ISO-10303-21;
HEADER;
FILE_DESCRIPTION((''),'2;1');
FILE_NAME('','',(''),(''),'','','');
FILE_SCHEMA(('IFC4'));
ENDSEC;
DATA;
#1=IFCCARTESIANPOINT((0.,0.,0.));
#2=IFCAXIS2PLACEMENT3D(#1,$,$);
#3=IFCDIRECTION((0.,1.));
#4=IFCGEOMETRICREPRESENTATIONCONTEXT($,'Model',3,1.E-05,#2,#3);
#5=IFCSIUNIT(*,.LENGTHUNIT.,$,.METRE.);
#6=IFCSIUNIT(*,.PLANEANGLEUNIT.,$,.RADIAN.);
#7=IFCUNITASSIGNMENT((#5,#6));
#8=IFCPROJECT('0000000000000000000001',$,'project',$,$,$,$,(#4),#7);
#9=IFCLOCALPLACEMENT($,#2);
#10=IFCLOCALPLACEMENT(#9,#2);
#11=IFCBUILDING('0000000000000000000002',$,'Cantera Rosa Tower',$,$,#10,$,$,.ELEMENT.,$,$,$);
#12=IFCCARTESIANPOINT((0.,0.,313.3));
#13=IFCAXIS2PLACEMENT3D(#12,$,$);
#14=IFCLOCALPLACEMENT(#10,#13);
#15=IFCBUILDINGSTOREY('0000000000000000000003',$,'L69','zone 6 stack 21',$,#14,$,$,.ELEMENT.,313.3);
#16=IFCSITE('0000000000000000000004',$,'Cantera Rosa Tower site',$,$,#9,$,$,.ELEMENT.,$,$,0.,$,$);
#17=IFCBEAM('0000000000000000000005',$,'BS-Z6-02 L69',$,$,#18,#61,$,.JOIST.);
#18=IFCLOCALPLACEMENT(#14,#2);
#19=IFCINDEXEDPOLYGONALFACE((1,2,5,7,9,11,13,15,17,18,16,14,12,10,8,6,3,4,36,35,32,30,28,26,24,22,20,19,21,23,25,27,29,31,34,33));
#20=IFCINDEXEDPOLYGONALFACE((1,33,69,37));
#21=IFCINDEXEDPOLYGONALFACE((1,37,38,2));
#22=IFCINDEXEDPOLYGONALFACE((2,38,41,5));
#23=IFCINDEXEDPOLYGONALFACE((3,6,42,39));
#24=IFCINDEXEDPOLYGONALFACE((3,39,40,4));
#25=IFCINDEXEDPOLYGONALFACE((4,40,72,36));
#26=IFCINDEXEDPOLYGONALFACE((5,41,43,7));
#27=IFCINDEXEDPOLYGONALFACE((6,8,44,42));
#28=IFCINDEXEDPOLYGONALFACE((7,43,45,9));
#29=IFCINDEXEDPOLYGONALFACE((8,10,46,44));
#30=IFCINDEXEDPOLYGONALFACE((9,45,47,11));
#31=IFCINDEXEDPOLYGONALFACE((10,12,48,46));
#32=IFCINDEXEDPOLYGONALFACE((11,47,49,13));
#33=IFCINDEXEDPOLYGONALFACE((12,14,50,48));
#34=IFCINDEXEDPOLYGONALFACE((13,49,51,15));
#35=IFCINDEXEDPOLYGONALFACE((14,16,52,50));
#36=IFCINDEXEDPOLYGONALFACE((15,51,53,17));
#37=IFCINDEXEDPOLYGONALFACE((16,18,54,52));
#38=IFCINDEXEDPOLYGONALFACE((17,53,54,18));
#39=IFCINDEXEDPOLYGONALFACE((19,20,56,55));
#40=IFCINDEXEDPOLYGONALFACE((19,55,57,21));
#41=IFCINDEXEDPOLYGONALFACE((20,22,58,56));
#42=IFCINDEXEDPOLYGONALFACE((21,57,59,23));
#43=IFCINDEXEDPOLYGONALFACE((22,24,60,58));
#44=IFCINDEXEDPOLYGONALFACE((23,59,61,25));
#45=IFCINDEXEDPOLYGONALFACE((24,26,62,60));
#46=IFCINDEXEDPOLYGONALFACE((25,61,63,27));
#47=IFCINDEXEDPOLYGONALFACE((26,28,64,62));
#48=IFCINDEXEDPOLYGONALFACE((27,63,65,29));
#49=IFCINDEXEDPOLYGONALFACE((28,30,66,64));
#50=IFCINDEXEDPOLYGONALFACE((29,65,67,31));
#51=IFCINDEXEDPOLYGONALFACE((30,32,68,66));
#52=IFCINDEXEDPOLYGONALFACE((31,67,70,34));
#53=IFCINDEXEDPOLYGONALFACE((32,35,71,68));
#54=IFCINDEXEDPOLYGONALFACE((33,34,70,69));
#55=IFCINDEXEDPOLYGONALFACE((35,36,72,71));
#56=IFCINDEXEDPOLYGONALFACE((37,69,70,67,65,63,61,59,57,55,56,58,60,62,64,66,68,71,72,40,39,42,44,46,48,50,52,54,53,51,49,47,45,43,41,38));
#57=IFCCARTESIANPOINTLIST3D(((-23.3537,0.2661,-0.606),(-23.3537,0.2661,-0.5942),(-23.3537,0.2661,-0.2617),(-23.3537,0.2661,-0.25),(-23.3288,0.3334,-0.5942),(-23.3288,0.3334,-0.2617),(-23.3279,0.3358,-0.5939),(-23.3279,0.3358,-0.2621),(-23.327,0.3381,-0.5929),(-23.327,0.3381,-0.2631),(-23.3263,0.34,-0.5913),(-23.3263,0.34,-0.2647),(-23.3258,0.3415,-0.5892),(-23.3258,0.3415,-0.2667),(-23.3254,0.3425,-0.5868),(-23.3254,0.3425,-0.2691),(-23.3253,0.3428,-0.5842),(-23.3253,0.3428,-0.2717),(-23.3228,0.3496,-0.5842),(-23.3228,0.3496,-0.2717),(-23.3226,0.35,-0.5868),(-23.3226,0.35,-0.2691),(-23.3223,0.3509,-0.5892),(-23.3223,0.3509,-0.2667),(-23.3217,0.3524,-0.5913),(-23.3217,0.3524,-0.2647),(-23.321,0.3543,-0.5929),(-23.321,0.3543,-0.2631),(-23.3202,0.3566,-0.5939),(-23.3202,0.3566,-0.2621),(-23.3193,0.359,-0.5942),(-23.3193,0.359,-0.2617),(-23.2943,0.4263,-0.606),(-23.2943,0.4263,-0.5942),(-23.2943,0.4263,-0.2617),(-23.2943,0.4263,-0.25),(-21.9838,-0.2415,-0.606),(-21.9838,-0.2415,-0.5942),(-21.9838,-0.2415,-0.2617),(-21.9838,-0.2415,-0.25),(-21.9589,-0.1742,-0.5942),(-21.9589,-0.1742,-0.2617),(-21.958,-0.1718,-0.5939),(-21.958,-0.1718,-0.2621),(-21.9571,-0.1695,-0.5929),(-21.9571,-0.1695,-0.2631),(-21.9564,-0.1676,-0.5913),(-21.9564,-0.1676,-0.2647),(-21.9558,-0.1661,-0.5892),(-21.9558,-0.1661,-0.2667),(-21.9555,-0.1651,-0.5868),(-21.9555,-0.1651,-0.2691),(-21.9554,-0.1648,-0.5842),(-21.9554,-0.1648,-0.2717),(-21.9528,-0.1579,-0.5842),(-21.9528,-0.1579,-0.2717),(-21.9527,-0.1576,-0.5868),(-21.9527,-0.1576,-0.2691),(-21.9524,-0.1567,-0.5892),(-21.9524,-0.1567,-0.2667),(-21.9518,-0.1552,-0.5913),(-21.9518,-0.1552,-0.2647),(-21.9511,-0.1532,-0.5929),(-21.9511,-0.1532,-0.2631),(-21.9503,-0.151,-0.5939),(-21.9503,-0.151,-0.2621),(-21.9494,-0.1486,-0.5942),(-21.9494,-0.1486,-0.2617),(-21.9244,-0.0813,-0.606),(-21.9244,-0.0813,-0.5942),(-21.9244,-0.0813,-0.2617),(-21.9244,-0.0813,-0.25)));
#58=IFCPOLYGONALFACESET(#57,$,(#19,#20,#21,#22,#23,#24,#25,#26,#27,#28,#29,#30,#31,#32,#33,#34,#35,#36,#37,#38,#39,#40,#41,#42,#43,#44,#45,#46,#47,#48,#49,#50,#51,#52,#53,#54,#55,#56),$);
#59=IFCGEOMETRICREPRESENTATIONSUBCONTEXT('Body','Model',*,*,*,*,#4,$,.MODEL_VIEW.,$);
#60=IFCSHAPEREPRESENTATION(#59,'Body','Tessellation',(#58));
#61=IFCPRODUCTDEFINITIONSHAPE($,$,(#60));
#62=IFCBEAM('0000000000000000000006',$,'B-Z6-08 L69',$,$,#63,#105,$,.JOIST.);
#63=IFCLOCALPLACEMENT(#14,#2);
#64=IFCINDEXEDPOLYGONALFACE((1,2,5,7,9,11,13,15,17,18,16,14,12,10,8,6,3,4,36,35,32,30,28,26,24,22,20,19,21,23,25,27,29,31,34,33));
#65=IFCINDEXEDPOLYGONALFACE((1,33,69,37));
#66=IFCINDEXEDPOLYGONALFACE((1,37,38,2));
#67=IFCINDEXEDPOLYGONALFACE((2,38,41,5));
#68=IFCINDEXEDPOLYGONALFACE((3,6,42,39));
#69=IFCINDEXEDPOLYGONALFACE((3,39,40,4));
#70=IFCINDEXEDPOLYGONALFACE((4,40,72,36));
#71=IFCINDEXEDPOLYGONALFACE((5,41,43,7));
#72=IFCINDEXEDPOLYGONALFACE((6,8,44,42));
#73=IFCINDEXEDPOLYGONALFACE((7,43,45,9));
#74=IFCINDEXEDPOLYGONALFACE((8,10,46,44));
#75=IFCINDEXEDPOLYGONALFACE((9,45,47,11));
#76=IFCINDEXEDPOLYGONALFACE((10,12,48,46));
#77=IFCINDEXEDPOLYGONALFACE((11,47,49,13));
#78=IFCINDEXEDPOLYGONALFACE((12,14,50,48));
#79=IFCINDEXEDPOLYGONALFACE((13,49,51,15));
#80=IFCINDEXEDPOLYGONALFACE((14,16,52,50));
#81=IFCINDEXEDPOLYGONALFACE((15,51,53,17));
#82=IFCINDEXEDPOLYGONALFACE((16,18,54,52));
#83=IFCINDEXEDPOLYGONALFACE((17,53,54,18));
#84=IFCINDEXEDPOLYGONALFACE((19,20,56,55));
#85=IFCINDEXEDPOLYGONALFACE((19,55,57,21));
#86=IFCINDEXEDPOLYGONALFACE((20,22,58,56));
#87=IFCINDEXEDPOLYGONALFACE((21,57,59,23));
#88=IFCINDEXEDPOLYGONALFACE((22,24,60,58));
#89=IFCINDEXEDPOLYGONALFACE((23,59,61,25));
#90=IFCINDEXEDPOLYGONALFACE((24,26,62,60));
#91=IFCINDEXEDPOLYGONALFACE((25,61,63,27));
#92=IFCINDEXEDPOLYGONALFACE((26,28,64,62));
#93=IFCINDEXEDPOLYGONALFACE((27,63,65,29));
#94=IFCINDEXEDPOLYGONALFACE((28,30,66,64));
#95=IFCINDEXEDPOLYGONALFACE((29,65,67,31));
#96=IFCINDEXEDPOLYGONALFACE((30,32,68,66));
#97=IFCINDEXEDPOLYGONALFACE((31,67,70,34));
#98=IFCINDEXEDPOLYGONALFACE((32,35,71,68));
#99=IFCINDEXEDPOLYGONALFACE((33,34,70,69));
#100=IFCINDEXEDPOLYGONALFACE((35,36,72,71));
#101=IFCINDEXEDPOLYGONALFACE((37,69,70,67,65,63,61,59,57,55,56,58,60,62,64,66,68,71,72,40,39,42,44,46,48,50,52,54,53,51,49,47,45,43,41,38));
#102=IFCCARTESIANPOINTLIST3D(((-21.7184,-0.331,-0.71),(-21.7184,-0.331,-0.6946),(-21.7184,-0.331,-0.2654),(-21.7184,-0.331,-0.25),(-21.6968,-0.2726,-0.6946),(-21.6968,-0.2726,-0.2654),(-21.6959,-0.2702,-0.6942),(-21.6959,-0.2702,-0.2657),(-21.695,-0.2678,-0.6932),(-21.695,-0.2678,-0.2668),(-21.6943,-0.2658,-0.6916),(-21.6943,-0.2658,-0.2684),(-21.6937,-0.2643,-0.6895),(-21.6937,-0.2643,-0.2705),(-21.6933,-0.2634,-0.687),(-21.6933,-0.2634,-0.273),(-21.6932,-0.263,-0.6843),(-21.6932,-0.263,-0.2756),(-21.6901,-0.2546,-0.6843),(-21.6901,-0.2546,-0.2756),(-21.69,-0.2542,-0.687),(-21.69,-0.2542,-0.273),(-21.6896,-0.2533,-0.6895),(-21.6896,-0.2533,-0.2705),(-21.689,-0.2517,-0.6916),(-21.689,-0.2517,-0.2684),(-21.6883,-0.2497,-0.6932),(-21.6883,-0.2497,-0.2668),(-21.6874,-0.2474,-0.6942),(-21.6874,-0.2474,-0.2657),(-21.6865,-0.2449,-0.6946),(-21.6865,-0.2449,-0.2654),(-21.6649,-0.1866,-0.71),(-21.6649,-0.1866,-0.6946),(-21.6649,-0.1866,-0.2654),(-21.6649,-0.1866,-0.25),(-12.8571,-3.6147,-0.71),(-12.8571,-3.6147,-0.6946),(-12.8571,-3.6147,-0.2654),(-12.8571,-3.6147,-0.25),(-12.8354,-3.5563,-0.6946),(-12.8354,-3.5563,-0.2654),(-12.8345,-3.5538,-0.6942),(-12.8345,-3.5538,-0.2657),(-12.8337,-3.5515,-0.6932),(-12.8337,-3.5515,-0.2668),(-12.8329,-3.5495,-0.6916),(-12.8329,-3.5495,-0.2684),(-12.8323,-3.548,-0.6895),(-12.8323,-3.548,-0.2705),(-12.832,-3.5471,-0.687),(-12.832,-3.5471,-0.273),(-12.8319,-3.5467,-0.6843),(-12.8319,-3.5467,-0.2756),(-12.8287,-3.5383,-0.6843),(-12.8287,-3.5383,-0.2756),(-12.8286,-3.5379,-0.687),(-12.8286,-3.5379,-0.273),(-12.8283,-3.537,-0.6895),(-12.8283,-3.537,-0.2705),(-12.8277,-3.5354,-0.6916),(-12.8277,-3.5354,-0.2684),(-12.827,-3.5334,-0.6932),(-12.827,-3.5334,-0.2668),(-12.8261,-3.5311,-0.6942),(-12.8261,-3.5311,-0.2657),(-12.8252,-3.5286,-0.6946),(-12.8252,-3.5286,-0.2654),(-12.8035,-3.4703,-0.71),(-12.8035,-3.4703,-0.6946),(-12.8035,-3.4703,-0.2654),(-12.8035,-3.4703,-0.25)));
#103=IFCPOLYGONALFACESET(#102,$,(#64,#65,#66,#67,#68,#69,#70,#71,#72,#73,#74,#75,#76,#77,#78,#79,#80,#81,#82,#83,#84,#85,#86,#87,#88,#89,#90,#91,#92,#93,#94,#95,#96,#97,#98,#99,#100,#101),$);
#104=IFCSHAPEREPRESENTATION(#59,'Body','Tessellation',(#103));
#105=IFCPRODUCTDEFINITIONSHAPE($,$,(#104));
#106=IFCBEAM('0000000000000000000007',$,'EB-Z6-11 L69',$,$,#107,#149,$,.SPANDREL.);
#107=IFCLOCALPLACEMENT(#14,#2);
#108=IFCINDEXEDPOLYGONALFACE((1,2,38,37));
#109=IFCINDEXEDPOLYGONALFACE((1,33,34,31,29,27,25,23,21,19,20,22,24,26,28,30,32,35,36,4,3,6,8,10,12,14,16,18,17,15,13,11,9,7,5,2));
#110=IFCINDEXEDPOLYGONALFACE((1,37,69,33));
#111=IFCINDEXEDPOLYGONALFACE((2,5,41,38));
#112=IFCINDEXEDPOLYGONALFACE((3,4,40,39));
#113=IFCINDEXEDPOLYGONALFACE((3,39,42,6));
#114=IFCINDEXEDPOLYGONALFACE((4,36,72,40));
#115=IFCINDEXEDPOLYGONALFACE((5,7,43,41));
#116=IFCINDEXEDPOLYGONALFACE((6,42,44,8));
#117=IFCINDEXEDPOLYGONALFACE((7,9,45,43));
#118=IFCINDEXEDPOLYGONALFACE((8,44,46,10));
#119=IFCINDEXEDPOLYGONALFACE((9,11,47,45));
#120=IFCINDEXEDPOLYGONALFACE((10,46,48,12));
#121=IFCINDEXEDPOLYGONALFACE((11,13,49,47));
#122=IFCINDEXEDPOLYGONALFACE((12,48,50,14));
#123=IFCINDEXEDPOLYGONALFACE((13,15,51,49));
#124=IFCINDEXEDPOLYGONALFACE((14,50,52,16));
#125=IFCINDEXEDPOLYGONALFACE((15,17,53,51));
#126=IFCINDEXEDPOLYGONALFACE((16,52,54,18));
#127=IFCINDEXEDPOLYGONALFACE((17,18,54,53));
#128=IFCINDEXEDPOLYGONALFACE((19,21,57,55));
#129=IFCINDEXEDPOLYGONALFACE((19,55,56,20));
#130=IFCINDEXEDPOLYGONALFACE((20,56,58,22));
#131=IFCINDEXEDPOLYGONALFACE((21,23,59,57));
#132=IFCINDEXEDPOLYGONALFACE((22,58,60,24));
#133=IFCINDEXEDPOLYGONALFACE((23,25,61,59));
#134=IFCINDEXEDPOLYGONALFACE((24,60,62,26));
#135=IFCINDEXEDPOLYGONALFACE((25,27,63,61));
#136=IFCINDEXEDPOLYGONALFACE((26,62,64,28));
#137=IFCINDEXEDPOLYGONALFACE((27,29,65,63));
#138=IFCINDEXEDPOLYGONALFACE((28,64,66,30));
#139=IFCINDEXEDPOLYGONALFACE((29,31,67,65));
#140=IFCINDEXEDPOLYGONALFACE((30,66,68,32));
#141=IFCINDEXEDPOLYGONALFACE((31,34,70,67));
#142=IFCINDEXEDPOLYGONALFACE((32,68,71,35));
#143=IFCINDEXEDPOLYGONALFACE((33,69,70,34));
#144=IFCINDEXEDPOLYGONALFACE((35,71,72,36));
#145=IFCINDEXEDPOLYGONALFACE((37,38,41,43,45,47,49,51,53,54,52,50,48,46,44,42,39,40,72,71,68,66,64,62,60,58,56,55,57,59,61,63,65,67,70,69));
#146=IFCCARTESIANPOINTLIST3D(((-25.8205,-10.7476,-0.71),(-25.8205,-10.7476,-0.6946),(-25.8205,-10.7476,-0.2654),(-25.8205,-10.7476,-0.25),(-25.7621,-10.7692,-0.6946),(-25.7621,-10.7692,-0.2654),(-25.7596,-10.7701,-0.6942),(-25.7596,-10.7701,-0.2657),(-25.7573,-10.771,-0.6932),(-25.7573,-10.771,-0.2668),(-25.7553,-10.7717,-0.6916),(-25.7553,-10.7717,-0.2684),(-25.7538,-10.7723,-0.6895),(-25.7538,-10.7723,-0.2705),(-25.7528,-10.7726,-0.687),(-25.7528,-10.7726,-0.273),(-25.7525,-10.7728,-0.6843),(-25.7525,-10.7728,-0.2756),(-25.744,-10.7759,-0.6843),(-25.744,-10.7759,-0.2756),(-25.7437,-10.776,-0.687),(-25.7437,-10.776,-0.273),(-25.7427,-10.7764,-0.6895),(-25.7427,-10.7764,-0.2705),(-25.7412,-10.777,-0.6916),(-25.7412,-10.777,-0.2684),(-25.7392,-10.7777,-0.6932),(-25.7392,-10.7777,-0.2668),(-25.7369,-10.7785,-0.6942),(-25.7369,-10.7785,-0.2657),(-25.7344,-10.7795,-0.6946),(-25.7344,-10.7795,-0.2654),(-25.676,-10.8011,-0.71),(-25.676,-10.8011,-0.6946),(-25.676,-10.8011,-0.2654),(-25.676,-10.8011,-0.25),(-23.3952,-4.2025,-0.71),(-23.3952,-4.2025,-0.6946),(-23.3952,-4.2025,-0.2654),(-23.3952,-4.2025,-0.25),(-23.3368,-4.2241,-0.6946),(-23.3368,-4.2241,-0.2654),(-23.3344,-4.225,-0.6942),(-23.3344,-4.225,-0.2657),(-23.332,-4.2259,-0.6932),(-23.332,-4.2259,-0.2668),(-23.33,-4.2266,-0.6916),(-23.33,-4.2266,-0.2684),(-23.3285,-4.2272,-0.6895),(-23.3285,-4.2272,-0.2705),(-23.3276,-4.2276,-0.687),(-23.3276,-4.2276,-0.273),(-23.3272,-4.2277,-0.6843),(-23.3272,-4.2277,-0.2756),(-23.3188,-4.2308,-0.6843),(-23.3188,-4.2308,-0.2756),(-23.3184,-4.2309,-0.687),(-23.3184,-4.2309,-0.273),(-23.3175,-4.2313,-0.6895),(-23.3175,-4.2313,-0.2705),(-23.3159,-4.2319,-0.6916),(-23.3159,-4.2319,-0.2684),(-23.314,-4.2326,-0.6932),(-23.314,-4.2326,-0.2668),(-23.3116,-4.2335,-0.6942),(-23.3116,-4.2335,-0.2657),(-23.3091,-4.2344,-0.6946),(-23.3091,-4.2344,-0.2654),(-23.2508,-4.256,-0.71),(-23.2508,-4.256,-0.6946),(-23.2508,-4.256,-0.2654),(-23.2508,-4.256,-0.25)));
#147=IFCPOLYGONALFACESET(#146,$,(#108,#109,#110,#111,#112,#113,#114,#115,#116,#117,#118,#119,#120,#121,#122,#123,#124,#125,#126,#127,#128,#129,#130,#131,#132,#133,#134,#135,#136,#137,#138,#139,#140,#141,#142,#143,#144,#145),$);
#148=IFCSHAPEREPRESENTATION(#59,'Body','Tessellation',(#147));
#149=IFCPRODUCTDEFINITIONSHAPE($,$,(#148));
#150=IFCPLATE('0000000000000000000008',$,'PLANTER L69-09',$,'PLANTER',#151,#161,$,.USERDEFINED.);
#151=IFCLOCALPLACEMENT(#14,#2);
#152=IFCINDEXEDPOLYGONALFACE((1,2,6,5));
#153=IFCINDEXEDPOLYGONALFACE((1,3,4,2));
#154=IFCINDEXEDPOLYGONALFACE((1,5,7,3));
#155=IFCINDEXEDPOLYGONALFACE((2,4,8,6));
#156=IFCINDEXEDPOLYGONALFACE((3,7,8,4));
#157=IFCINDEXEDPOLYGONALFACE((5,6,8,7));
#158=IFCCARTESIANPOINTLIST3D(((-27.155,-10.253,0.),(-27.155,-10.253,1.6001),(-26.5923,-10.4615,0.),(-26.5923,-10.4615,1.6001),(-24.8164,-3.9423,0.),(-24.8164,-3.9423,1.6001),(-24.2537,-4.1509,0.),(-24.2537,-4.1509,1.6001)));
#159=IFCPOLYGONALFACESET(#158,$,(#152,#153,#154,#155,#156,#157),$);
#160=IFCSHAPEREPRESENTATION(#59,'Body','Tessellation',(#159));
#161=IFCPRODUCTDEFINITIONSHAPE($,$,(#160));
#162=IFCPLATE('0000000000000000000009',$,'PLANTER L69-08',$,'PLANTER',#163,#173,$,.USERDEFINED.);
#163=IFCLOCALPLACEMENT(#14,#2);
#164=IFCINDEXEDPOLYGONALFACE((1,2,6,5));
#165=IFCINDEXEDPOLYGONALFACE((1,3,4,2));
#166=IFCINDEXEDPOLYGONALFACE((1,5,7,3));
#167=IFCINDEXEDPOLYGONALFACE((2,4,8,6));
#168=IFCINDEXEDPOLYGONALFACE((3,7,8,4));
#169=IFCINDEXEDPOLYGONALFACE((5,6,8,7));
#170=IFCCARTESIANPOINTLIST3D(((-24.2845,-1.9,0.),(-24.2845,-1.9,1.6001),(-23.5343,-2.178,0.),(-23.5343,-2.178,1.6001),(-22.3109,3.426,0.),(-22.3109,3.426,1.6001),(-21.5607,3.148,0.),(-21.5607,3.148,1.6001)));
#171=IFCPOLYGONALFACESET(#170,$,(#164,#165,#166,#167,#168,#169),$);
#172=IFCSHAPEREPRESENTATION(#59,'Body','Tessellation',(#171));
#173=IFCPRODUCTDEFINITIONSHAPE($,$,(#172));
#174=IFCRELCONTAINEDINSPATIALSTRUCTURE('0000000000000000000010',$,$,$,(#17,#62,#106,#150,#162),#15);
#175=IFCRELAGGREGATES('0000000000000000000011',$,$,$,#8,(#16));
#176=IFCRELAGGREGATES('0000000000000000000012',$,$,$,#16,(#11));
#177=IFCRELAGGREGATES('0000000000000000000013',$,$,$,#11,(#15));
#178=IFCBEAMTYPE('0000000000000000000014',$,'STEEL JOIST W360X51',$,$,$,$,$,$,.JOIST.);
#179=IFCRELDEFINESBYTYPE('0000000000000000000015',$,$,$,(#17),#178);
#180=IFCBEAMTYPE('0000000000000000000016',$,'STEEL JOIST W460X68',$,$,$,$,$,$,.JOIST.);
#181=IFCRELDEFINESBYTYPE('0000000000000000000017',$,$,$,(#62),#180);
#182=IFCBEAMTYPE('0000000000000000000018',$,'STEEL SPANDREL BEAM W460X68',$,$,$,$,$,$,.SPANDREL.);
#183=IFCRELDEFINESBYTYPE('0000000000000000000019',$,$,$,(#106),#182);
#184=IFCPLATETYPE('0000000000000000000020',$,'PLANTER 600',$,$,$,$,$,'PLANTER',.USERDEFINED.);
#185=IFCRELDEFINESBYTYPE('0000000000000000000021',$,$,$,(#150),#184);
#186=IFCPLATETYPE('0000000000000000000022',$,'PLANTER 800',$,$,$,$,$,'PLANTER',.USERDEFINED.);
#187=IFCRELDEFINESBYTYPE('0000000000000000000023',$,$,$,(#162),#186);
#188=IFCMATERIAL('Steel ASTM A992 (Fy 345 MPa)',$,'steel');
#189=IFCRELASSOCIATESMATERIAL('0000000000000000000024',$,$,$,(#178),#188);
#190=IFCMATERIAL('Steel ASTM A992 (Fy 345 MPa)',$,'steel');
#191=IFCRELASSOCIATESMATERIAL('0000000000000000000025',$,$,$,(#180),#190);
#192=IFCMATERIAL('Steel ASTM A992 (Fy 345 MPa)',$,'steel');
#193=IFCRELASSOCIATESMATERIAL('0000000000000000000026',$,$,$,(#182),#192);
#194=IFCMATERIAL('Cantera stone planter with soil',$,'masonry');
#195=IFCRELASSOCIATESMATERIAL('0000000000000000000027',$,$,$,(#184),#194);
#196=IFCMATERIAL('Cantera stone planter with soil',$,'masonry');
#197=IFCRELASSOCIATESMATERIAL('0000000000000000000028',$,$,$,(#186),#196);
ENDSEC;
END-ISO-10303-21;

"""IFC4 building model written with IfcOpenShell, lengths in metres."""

from ifc_helpers import new_model, si_unit, direction, frame, origin, origin_2d, place, context, subcontext, project, spatial, rectangle, i_section, extrude, material, material_profile, profile_set, type_object, element, save


model = new_model("IFC4")

# Units and contexts
model_context = context("Model", 3, precision=1e-05, world=origin(), true_north=direction((0.0, 1.0)))
body_context = subcontext(model_context, "Body", "Model", "MODEL_VIEW")
ifc_project = project(units=[si_unit("LENGTHUNIT", "METRE"), si_unit("PLANEANGLEUNIT", "RADIAN")], contexts=[model_context])

# Site, building, storey
site_placement = place(None, origin())
site = spatial("IfcSite", under=ifc_project, at=site_placement, Name="Cantera Rosa Tower site", CompositionType="ELEMENT", RefElevation=0.0)
building_placement = place(site_placement, origin())
building = spatial("IfcBuilding", under=site, at=building_placement, Name="Cantera Rosa Tower", CompositionType="ELEMENT")
storey_placement = place(building_placement, frame((0.0, 0.0, 313.3)))
storey = spatial("IfcBuildingStorey", under=building, at=storey_placement, Name="L69", Description="zone 6 stack 21", CompositionType="ELEMENT", Elevation=313.3)

# Beams
ifc_material_1 = material(Name="Steel ASTM A992 (Fy 345 MPa)", Category="steel")
ifc_material_profile_1 = material_profile(ifc_material_1, i_section(OverallWidth=0.1709, OverallDepth=0.356, WebThickness=0.0073, FlangeThickness=0.0117, FilletRadius=0.01, at=origin_2d()), Name="W360X51")
ifc_profile_set_1 = profile_set([ifc_material_profile_1], Name="Steel ASTM A992 (Fy 345 MPa)")
beam_type_1 = type_object("IfcBeamType", Name="STEEL JOIST W360X51", PredefinedType="JOIST", material=ifc_profile_set_1)
beam_1_placement = place(storey_placement, frame((-21.9541, -0.1614, -0.428), z_axis=(-0.937702, 0.34744, 0.0), x_axis=(-0.34744, -0.937702, 0.0)))
element("IfcBeam", 1, at=beam_1_placement, inside=storey, type_object=beam_type_1, Name="BS-Z6-02 L69", PredefinedType="JOIST", context=body_context, shape_type="SweptSolid", body=[
    extrude(i_section(OverallWidth=0.1709, OverallDepth=0.356, WebThickness=0.0073, FlangeThickness=0.0117, FilletRadius=0.01, at=origin_2d()), origin(), (0.0, 0.0, 1.0), 1.4609),
])
ifc_material_2 = material(Name="Steel ASTM A992 (Fy 345 MPa)", Category="steel")
ifc_material_profile_2 = material_profile(ifc_material_2, i_section(OverallWidth=0.1541, OverallDepth=0.46, WebThickness=0.009, FlangeThickness=0.0154, FilletRadius=0.0103, at=origin_2d()), Name="W460X68")
ifc_profile_set_2 = profile_set([ifc_material_profile_2], Name="Steel ASTM A992 (Fy 345 MPa)")
beam_type_2 = type_object("IfcBeamType", Name="STEEL JOIST W460X68", PredefinedType="JOIST", material=ifc_profile_set_2)
beam_2_placement = place(storey_placement, frame((-21.6917, -0.2588, -0.48), z_axis=(0.93769, -0.347474, 0.0), x_axis=(0.347474, 0.93769, 0.0)))
element("IfcBeam", 2, at=beam_2_placement, inside=storey, type_object=beam_type_2, Name="B-Z6-08 L69", PredefinedType="JOIST", context=body_context, shape_type="SweptSolid", body=[
    extrude(i_section(OverallWidth=0.1541, OverallDepth=0.46, WebThickness=0.009, FlangeThickness=0.0154, FilletRadius=0.0103, at=origin_2d()), origin(), (0.0, 0.0, 1.0), 9.4502),
])
ifc_material_3 = material(Name="Steel ASTM A992 (Fy 345 MPa)", Category="steel")
ifc_material_profile_3 = material_profile(ifc_material_3, i_section(OverallWidth=0.1541, OverallDepth=0.46, WebThickness=0.009, FlangeThickness=0.0154, FilletRadius=0.0103, at=origin_2d()), Name="W460X68")
ifc_profile_set_3 = profile_set([ifc_material_profile_3], Name="Steel ASTM A992 (Fy 345 MPa)")
beam_type_3 = type_object("IfcBeamType", Name="STEEL SPANDREL BEAM W460X68", PredefinedType="SPANDREL", material=ifc_profile_set_3)
beam_3_placement = place(storey_placement, frame((-23.323, -4.2292, -0.48), z_axis=(-0.34746, -0.937695, 0.0), x_axis=(0.937695, -0.34746, 0.0)))
element("IfcBeam", 3, at=beam_3_placement, inside=storey, type_object=beam_type_3, Name="EB-Z6-11 L69", PredefinedType="SPANDREL", context=body_context, shape_type="SweptSolid", body=[
    extrude(i_section(OverallWidth=0.1541, OverallDepth=0.46, WebThickness=0.009, FlangeThickness=0.0154, FilletRadius=0.0103, at=origin_2d()), origin(), (0.0, 0.0, 1.0), 6.98),
])

# Plates
ifc_material_4 = material(Name="Cantera stone planter with soil", Category="masonry")
plate_type_1 = type_object("IfcPlateType", Name="PLANTER 600", ElementType="PLANTER", PredefinedType="USERDEFINED", material=ifc_material_4)
plate_1_placement = place(storey_placement, frame((-25.7043, -7.2019, 0.0), z_axis=(0.0, 0.0, 1.0), x_axis=(-0.347481, -0.937687, 0.0)))
element("IfcPlate", 4, at=plate_1_placement, inside=storey, type_object=plate_type_1, Name="PLANTER L69-09", ObjectType="PLANTER", PredefinedType="USERDEFINED", context=body_context, shape_type="SweptSolid", body=[
    extrude(rectangle(XDim=6.73, YDim=0.6001, at=origin_2d()), origin(), (0.0, 0.0, 1.0), 1.6001),
])
ifc_material_5 = material(Name="Cantera stone planter with soil", Category="masonry")
plate_type_2 = type_object("IfcPlateType", Name="PLANTER 800", ElementType="PLANTER", PredefinedType="USERDEFINED", material=ifc_material_5)
plate_2_placement = place(storey_placement, frame((-22.9226, 0.624, 0.0), z_axis=(0.0, 0.0, 1.0), x_axis=(-0.347481, -0.937687, 0.0)))
element("IfcPlate", 5, at=plate_2_placement, inside=storey, type_object=plate_type_2, Name="PLANTER L69-08", ObjectType="PLANTER", PredefinedType="USERDEFINED", context=body_context, shape_type="SweptSolid", body=[
    extrude(rectangle(XDim=5.6799, YDim=0.8, at=origin_2d()), origin(), (0.0, 0.0, 1.0), 1.6001),
])

save(model, "model.ifc")
